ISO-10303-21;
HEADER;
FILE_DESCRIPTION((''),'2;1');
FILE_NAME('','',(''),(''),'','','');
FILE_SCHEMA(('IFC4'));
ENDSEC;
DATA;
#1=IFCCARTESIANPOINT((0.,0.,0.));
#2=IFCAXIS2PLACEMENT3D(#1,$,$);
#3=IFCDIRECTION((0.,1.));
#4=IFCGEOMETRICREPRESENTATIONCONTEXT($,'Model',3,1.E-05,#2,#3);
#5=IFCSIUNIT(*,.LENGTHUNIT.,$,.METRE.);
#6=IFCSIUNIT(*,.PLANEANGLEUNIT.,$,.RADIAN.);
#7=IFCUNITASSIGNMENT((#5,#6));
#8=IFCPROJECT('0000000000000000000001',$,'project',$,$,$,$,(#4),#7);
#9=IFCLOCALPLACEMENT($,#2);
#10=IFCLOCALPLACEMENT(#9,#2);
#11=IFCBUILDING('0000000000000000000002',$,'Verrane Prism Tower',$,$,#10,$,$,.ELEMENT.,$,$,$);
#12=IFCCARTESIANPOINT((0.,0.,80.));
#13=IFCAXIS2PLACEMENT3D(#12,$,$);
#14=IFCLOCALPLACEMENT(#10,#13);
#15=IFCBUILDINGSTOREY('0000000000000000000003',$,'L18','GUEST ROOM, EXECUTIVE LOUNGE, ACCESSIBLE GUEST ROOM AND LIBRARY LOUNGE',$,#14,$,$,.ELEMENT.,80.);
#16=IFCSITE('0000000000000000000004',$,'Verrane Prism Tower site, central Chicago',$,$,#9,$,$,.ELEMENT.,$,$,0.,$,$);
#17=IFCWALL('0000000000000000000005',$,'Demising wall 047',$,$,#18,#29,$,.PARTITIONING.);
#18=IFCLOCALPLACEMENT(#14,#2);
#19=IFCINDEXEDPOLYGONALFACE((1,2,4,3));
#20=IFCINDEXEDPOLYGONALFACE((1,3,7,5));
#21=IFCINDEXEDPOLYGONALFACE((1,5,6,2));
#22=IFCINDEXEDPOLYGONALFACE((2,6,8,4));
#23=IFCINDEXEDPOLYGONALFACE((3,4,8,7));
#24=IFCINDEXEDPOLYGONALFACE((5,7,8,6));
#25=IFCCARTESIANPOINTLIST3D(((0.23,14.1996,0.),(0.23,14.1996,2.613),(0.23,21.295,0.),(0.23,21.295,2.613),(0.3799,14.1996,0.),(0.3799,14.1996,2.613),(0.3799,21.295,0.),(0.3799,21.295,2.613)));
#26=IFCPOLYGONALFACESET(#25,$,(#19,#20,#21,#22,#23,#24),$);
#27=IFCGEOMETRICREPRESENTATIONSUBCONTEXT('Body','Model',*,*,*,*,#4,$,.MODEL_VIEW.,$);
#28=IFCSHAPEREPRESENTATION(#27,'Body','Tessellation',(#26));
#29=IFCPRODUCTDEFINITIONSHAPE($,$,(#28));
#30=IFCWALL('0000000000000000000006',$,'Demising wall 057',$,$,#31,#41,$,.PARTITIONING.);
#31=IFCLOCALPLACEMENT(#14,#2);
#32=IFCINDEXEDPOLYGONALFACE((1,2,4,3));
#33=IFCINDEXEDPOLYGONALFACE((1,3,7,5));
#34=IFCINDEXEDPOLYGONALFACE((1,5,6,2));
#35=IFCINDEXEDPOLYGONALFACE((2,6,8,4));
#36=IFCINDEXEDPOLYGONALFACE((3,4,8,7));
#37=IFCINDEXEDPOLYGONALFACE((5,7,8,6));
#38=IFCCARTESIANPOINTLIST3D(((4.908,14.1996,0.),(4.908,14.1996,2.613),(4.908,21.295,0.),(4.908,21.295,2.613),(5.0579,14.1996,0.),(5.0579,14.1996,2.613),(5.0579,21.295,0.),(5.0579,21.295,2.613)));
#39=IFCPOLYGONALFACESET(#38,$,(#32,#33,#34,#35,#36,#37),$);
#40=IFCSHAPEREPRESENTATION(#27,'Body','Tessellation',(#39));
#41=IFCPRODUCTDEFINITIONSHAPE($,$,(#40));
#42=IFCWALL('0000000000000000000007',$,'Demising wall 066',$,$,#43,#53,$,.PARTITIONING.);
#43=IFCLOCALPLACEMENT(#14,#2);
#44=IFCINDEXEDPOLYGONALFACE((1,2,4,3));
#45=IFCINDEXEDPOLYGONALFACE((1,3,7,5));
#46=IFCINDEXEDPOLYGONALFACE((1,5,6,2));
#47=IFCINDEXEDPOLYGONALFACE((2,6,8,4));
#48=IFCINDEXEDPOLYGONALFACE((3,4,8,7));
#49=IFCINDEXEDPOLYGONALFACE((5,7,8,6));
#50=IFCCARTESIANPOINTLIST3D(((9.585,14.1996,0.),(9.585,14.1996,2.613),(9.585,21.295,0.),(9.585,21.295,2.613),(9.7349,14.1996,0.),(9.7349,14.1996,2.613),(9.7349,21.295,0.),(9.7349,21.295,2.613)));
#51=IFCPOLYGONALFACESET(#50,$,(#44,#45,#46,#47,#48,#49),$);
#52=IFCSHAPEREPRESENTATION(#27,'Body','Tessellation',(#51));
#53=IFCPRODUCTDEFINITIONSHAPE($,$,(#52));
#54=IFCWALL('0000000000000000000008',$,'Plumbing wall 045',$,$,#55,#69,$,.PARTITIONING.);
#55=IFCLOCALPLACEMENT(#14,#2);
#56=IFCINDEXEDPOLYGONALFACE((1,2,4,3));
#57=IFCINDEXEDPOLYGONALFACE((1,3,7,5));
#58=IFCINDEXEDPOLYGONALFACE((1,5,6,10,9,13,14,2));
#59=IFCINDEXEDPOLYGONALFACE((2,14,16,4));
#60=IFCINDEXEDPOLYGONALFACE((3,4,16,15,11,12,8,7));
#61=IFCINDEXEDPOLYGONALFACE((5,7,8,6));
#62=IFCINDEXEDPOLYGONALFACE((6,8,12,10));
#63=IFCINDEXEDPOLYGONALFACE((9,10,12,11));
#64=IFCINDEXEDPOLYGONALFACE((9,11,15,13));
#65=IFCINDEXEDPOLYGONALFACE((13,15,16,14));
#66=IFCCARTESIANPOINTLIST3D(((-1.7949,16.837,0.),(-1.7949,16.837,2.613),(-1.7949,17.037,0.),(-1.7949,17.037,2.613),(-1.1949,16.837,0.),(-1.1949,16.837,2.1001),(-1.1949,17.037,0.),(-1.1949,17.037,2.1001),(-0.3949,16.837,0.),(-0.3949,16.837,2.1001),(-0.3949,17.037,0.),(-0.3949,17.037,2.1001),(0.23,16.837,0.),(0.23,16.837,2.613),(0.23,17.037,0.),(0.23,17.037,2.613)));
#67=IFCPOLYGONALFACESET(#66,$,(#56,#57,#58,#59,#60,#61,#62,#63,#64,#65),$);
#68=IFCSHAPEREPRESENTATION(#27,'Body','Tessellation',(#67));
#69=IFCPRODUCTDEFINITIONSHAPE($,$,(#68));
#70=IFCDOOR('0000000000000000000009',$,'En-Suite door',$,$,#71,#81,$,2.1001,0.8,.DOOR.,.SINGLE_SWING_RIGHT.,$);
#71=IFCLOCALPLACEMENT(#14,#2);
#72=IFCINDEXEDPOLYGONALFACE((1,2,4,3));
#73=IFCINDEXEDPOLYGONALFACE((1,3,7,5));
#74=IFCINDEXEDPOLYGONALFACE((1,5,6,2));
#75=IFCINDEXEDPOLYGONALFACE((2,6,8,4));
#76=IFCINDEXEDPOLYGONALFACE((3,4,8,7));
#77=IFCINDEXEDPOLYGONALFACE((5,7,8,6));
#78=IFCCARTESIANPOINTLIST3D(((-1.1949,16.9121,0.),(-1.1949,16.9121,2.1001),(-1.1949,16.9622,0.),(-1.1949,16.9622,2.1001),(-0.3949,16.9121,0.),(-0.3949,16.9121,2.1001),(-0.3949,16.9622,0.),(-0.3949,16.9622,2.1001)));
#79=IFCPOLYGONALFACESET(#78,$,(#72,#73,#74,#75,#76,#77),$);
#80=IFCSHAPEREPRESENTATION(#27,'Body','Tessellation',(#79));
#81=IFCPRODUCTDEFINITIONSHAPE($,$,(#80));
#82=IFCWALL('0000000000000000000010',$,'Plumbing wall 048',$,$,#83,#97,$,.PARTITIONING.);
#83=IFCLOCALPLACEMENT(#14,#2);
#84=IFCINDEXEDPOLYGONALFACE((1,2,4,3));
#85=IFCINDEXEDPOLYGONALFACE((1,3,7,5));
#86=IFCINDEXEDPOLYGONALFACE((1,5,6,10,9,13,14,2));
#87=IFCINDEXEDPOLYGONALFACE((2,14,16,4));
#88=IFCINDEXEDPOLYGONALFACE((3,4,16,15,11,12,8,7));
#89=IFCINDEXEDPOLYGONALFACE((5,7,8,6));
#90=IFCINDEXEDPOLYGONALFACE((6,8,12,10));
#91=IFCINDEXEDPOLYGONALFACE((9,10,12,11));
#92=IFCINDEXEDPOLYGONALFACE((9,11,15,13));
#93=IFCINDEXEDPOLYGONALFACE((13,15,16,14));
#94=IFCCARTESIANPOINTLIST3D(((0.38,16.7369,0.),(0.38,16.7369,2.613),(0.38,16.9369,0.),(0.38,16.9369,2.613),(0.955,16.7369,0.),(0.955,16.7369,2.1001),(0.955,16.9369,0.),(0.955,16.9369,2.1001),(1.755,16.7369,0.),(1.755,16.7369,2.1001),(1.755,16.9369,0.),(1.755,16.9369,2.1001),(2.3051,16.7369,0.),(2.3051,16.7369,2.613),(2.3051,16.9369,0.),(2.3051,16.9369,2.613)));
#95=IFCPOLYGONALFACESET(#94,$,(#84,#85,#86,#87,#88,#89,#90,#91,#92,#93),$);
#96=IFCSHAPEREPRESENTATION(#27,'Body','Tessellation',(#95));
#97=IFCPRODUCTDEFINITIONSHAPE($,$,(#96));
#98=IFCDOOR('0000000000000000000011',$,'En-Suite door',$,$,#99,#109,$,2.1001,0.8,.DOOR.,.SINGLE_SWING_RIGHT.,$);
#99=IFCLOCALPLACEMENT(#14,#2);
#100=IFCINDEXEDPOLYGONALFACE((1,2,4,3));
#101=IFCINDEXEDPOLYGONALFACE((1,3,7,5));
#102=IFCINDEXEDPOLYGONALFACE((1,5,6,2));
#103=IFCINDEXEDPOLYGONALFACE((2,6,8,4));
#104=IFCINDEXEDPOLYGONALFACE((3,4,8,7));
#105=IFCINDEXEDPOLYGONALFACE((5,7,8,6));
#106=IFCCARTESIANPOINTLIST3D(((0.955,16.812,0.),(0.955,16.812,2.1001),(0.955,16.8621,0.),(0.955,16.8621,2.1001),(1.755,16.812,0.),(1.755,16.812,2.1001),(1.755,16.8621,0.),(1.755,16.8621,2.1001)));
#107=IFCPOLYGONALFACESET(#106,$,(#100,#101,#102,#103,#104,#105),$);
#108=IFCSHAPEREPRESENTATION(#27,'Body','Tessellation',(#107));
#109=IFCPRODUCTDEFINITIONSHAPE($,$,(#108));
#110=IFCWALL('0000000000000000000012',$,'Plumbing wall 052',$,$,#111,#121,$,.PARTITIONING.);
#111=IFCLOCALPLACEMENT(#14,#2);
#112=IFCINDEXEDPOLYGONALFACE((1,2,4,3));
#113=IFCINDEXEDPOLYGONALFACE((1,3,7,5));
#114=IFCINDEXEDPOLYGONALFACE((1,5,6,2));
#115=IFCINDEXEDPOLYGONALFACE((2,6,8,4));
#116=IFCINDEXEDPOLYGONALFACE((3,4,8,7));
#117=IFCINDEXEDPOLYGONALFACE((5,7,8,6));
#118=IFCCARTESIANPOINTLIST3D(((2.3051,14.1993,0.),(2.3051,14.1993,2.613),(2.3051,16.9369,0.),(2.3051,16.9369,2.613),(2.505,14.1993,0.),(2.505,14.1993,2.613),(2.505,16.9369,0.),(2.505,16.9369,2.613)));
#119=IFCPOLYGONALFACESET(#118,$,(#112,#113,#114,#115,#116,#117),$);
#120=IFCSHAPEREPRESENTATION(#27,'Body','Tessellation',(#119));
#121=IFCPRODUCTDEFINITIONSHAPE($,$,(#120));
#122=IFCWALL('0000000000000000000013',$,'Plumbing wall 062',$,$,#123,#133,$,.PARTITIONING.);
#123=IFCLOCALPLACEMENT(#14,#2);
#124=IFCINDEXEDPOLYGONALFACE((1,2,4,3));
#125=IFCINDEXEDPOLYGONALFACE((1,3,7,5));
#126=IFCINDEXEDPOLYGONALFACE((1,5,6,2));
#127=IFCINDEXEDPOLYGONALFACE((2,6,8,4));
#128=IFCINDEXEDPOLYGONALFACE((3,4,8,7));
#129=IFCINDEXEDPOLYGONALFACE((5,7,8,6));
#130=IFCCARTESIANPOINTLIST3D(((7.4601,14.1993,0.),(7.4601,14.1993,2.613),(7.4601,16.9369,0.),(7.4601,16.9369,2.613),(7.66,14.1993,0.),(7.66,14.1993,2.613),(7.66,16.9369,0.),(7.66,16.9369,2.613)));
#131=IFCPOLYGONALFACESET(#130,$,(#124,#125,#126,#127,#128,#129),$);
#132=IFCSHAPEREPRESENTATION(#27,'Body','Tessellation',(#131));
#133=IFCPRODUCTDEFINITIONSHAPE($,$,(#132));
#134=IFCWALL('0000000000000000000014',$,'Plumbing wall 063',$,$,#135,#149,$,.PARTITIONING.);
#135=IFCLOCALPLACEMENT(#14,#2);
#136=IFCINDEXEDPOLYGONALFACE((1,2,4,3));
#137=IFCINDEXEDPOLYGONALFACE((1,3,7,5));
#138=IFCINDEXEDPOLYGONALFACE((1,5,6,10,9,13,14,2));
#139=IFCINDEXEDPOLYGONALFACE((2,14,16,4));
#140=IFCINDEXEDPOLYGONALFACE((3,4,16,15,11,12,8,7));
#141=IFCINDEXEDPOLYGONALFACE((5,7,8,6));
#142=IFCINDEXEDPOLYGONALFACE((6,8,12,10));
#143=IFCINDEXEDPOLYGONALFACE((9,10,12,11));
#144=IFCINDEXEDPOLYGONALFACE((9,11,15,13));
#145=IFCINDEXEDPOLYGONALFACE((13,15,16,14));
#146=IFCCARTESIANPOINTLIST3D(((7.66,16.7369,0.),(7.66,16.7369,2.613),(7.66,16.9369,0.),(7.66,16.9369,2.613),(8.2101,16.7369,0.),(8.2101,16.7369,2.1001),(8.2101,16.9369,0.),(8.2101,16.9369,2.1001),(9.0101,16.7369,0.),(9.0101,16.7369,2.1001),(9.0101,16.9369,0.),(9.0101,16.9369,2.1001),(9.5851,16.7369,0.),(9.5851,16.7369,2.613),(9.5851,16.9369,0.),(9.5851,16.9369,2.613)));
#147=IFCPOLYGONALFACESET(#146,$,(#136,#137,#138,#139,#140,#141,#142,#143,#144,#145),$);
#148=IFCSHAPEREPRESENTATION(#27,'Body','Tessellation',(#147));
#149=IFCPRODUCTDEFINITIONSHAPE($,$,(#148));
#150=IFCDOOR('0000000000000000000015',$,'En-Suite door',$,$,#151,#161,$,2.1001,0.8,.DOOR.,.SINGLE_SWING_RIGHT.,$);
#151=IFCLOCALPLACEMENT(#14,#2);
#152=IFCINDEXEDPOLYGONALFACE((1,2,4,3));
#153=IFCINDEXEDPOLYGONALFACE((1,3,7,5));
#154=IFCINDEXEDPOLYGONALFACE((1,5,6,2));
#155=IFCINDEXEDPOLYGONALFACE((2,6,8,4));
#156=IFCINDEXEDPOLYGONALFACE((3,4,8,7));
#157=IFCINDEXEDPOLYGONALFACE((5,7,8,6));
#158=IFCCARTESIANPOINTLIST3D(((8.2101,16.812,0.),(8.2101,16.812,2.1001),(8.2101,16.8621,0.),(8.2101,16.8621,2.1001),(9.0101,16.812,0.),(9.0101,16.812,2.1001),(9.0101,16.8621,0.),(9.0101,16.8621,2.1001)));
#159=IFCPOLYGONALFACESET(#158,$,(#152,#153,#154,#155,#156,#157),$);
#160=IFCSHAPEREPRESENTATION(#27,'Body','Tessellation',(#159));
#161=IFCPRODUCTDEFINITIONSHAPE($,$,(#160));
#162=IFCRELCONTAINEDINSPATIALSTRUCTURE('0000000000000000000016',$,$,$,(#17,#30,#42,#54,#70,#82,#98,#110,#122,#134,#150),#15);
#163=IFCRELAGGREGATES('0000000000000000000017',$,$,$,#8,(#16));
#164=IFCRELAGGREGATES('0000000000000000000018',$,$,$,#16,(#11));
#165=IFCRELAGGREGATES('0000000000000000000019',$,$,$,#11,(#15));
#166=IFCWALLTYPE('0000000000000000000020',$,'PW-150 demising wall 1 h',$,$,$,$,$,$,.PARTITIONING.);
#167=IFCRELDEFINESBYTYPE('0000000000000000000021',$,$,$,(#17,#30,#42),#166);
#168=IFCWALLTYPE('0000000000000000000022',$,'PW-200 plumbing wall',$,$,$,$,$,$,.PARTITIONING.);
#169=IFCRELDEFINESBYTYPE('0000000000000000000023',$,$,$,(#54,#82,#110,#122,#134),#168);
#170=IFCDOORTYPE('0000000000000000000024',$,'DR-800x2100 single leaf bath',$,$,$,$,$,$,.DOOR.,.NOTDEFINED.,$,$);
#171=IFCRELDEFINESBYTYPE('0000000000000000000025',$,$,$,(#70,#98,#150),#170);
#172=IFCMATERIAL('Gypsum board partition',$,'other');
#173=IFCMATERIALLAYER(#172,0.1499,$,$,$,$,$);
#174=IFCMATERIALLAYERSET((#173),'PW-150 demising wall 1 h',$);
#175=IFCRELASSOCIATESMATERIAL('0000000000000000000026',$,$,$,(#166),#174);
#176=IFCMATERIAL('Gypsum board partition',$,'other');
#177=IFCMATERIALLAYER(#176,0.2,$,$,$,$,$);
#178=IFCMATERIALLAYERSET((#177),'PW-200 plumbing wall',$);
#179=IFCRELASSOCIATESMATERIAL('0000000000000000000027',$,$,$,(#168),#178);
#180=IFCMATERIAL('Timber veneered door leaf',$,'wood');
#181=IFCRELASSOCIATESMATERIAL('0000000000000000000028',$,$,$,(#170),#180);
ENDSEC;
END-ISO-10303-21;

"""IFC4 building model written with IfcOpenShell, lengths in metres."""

from ifc_helpers import new_model, si_unit, direction, frame, frame_2d, origin, place, context, subcontext, project, spatial, rectangle, extrude, material, layer, layer_set, type_object, element, fill, save


model = new_model("IFC4")

# Units and contexts
model_context = context("Model", 3, precision=1e-05, world=origin(), true_north=direction((0.0, 1.0)))
body_context = subcontext(model_context, "Body", "Model", "MODEL_VIEW")
ifc_project = project(units=[si_unit("LENGTHUNIT", "METRE"), si_unit("PLANEANGLEUNIT", "RADIAN")], contexts=[model_context])

# Site, building, storey
site_placement = place(None, origin())
site = spatial("IfcSite", under=ifc_project, at=site_placement, Name="Verrane Prism Tower site, central Chicago", CompositionType="ELEMENT", RefElevation=0.0)
building_placement = place(site_placement, origin())
building = spatial("IfcBuilding", under=site, at=building_placement, Name="Verrane Prism Tower", CompositionType="ELEMENT")
storey_placement = place(building_placement, frame((0.0, 0.0, 80.0)))
storey = spatial("IfcBuildingStorey", under=building, at=storey_placement, Name="L18", Description="GUEST ROOM, EXECUTIVE LOUNGE, ACCESSIBLE GUEST ROOM AND LIBRARY LOUNGE", CompositionType="ELEMENT", Elevation=80.0)

# Walls
ifc_material_1 = material(Name="Gypsum board partition", Category="other")
ifc_layer_1 = layer(ifc_material_1, 0.1499)
ifc_layer_set_1 = layer_set([ifc_layer_1], Name="PW-150 demising wall 1 h")
wall_type_1 = type_object("IfcWallType", Name="PW-150 demising wall 1 h", PredefinedType="PARTITIONING", material=ifc_layer_set_1)
for number, where, z_axis, x_axis, name in (
    (1, (0.3049, 14.1995, 0.0), (0.0, 0.0, 1.0), (0.0, 1.0, 0.0), "Demising wall 047"),
    (2, (4.9829, 14.1995, 0.0), (0.0, 0.0, 1.0), (0.0, 1.0, 0.0), "Demising wall 057"),
    (3, (9.6599, 14.1995, 0.0), (0.0, 0.0, 1.0), (0.0, 1.0, 0.0), "Demising wall 066"),
):
    element("IfcWall", number, at=place(storey_placement, frame(where, z_axis=z_axis, x_axis=x_axis)), inside=storey, type_object=wall_type_1, Name=name, PredefinedType="PARTITIONING", context=body_context, shape_type="SweptSolid", body=[
        extrude(rectangle(XDim=7.0955, YDim=0.1499, at=frame_2d((3.5479, 0.0))), origin(), (0.0, 0.0, 1.0), 2.613),
    ])

# Walls, openings, doors
ifc_material_2 = material(Name="Gypsum board partition", Category="other")
ifc_layer_2 = layer(ifc_material_2, 0.2)
ifc_layer_set_2 = layer_set([ifc_layer_2], Name="PW-200 plumbing wall")
wall_type_2 = type_object("IfcWallType", Name="PW-200 plumbing wall", PredefinedType="PARTITIONING", material=ifc_layer_set_2)
wall_1_placement = place(storey_placement, frame((0.23, 16.937, 0.0), z_axis=(0.0, 0.0, 1.0), x_axis=(-1.0, 0.0, 0.0)))
wall_1 = element("IfcWall", 4, at=wall_1_placement, inside=storey, type_object=wall_type_2, Name="Plumbing wall 045", PredefinedType="PARTITIONING", context=body_context, shape_type="SweptSolid", body=[
    extrude(rectangle(XDim=2.0249, YDim=0.2, at=frame_2d((1.0125, 0.0))), origin(), (0.0, 0.0, 1.0), 2.613),
])
opening_1_placement = place(wall_1_placement, frame((0.625, 0.0, 0.0)))
opening_1 = element("IfcOpeningElement", 5, at=opening_1_placement, cuts=wall_1, PredefinedType="OPENING", context=body_context, shape_type="SweptSolid", body=[
    extrude(rectangle(XDim=0.8, YDim=2.1001, at=frame_2d((0.3999, 1.05))), frame((0.0, 0.1099, 0.0), z_axis=(0.0, -1.0, 0.0), x_axis=(1.0, 0.0, 0.0)), (0.0, 0.0, 1.0), 0.22),
])
ifc_material_3 = material(Name="Timber veneered door leaf", Category="wood")
door_type_1 = type_object("IfcDoorType", Name="DR-800x2100 single leaf bath", OperationType="NOTDEFINED", PredefinedType="DOOR", material=ifc_material_3)
door_1_placement = place(opening_1_placement, origin())
door_1 = element("IfcDoor", 6, at=door_1_placement, inside=storey, type_object=door_type_1, Name="En-Suite door", OperationType="SINGLE_SWING_RIGHT", OverallHeight=2.1001, OverallWidth=0.8, PredefinedType="DOOR", context=body_context, shape_type="SweptSolid", body=[
    extrude(rectangle(XDim=0.8, YDim=2.1001, at=frame_2d((0.3999, 1.05))), frame((0.0, 0.0249, 0.0), z_axis=(0.0, -1.0, 0.0), x_axis=(1.0, 0.0, 0.0)), (0.0, 0.0, 1.0), 0.05),
])
fill(opening_1, door_1)
wall_2_placement = place(storey_placement, frame((2.3049, 16.8369, 0.0), z_axis=(0.0, 0.0, 1.0), x_axis=(-1.0, 0.0, 0.0)))
wall_2 = element("IfcWall", 7, at=wall_2_placement, inside=storey, type_object=wall_type_2, Name="Plumbing wall 048", PredefinedType="PARTITIONING", context=body_context, shape_type="SweptSolid", body=[
    extrude(rectangle(XDim=1.925, YDim=0.2, at=frame_2d((0.9624, 0.0))), origin(), (0.0, 0.0, 1.0), 2.613),
])
opening_2_placement = place(wall_2_placement, frame((0.55, 0.0, 0.0)))
opening_2 = element("IfcOpeningElement", 8, at=opening_2_placement, cuts=wall_2, PredefinedType="OPENING", context=body_context, shape_type="SweptSolid", body=[
    extrude(rectangle(XDim=0.8, YDim=2.1001, at=frame_2d((0.3999, 1.05))), frame((0.0, 0.1099, 0.0), z_axis=(0.0, -1.0, 0.0), x_axis=(1.0, 0.0, 0.0)), (0.0, 0.0, 1.0), 0.22),
])
door_2_placement = place(opening_2_placement, origin())
door_2 = element("IfcDoor", 9, at=door_2_placement, inside=storey, type_object=door_type_1, Name="En-Suite door", OperationType="SINGLE_SWING_RIGHT", OverallHeight=2.1001, OverallWidth=0.8, PredefinedType="DOOR", context=body_context, shape_type="SweptSolid", body=[
    extrude(rectangle(XDim=0.8, YDim=2.1001, at=frame_2d((0.3999, 1.05))), frame((0.0, 0.0249, 0.0), z_axis=(0.0, -1.0, 0.0), x_axis=(1.0, 0.0, 0.0)), (0.0, 0.0, 1.0), 0.05),
])
fill(opening_2, door_2)

# Walls
for number, where, z_axis, x_axis, name in (
    (10, (2.405, 14.1995, 0.0), (0.0, 0.0, 1.0), (0.0, 1.0, 0.0), "Plumbing wall 052"),
    (11, (7.5601, 14.1995, 0.0), (0.0, 0.0, 1.0), (0.0, 1.0, 0.0), "Plumbing wall 062"),
):
    element("IfcWall", number, at=place(storey_placement, frame(where, z_axis=z_axis, x_axis=x_axis)), inside=storey, type_object=wall_type_2, Name=name, PredefinedType="PARTITIONING", context=body_context, shape_type="SweptSolid", body=[
        extrude(rectangle(XDim=2.7375, YDim=0.2, at=frame_2d((1.3687, 0.0))), origin(), (0.0, 0.0, 1.0), 2.613),
    ])

# Wall, opening, door
wall_3_placement = place(storey_placement, frame((9.585, 16.8369, 0.0), z_axis=(0.0, 0.0, 1.0), x_axis=(-1.0, 0.0, 0.0)))
wall_3 = element("IfcWall", 12, at=wall_3_placement, inside=storey, type_object=wall_type_2, Name="Plumbing wall 063", PredefinedType="PARTITIONING", context=body_context, shape_type="SweptSolid", body=[
    extrude(rectangle(XDim=1.925, YDim=0.2, at=frame_2d((0.9624, 0.0))), origin(), (0.0, 0.0, 1.0), 2.613),
])
opening_3_placement = place(wall_3_placement, frame((0.575, 0.0, 0.0)))
opening_3 = element("IfcOpeningElement", 13, at=opening_3_placement, cuts=wall_3, PredefinedType="OPENING", context=body_context, shape_type="SweptSolid", body=[
    extrude(rectangle(XDim=0.8, YDim=2.1001, at=frame_2d((0.3999, 1.05))), frame((0.0, 0.1099, 0.0), z_axis=(0.0, -1.0, 0.0), x_axis=(1.0, 0.0, 0.0)), (0.0, 0.0, 1.0), 0.22),
])
door_3_placement = place(opening_3_placement, origin())
door_3 = element("IfcDoor", 14, at=door_3_placement, inside=storey, type_object=door_type_1, Name="En-Suite door", OperationType="SINGLE_SWING_RIGHT", OverallHeight=2.1001, OverallWidth=0.8, PredefinedType="DOOR", context=body_context, shape_type="SweptSolid", body=[
    extrude(rectangle(XDim=0.8, YDim=2.1001, at=frame_2d((0.3999, 1.05))), frame((0.0, 0.0249, 0.0), z_axis=(0.0, -1.0, 0.0), x_axis=(1.0, 0.0, 0.0)), (0.0, 0.0, 1.0), 0.05),
])
fill(opening_3, door_3)

save(model, "model.ifc")
